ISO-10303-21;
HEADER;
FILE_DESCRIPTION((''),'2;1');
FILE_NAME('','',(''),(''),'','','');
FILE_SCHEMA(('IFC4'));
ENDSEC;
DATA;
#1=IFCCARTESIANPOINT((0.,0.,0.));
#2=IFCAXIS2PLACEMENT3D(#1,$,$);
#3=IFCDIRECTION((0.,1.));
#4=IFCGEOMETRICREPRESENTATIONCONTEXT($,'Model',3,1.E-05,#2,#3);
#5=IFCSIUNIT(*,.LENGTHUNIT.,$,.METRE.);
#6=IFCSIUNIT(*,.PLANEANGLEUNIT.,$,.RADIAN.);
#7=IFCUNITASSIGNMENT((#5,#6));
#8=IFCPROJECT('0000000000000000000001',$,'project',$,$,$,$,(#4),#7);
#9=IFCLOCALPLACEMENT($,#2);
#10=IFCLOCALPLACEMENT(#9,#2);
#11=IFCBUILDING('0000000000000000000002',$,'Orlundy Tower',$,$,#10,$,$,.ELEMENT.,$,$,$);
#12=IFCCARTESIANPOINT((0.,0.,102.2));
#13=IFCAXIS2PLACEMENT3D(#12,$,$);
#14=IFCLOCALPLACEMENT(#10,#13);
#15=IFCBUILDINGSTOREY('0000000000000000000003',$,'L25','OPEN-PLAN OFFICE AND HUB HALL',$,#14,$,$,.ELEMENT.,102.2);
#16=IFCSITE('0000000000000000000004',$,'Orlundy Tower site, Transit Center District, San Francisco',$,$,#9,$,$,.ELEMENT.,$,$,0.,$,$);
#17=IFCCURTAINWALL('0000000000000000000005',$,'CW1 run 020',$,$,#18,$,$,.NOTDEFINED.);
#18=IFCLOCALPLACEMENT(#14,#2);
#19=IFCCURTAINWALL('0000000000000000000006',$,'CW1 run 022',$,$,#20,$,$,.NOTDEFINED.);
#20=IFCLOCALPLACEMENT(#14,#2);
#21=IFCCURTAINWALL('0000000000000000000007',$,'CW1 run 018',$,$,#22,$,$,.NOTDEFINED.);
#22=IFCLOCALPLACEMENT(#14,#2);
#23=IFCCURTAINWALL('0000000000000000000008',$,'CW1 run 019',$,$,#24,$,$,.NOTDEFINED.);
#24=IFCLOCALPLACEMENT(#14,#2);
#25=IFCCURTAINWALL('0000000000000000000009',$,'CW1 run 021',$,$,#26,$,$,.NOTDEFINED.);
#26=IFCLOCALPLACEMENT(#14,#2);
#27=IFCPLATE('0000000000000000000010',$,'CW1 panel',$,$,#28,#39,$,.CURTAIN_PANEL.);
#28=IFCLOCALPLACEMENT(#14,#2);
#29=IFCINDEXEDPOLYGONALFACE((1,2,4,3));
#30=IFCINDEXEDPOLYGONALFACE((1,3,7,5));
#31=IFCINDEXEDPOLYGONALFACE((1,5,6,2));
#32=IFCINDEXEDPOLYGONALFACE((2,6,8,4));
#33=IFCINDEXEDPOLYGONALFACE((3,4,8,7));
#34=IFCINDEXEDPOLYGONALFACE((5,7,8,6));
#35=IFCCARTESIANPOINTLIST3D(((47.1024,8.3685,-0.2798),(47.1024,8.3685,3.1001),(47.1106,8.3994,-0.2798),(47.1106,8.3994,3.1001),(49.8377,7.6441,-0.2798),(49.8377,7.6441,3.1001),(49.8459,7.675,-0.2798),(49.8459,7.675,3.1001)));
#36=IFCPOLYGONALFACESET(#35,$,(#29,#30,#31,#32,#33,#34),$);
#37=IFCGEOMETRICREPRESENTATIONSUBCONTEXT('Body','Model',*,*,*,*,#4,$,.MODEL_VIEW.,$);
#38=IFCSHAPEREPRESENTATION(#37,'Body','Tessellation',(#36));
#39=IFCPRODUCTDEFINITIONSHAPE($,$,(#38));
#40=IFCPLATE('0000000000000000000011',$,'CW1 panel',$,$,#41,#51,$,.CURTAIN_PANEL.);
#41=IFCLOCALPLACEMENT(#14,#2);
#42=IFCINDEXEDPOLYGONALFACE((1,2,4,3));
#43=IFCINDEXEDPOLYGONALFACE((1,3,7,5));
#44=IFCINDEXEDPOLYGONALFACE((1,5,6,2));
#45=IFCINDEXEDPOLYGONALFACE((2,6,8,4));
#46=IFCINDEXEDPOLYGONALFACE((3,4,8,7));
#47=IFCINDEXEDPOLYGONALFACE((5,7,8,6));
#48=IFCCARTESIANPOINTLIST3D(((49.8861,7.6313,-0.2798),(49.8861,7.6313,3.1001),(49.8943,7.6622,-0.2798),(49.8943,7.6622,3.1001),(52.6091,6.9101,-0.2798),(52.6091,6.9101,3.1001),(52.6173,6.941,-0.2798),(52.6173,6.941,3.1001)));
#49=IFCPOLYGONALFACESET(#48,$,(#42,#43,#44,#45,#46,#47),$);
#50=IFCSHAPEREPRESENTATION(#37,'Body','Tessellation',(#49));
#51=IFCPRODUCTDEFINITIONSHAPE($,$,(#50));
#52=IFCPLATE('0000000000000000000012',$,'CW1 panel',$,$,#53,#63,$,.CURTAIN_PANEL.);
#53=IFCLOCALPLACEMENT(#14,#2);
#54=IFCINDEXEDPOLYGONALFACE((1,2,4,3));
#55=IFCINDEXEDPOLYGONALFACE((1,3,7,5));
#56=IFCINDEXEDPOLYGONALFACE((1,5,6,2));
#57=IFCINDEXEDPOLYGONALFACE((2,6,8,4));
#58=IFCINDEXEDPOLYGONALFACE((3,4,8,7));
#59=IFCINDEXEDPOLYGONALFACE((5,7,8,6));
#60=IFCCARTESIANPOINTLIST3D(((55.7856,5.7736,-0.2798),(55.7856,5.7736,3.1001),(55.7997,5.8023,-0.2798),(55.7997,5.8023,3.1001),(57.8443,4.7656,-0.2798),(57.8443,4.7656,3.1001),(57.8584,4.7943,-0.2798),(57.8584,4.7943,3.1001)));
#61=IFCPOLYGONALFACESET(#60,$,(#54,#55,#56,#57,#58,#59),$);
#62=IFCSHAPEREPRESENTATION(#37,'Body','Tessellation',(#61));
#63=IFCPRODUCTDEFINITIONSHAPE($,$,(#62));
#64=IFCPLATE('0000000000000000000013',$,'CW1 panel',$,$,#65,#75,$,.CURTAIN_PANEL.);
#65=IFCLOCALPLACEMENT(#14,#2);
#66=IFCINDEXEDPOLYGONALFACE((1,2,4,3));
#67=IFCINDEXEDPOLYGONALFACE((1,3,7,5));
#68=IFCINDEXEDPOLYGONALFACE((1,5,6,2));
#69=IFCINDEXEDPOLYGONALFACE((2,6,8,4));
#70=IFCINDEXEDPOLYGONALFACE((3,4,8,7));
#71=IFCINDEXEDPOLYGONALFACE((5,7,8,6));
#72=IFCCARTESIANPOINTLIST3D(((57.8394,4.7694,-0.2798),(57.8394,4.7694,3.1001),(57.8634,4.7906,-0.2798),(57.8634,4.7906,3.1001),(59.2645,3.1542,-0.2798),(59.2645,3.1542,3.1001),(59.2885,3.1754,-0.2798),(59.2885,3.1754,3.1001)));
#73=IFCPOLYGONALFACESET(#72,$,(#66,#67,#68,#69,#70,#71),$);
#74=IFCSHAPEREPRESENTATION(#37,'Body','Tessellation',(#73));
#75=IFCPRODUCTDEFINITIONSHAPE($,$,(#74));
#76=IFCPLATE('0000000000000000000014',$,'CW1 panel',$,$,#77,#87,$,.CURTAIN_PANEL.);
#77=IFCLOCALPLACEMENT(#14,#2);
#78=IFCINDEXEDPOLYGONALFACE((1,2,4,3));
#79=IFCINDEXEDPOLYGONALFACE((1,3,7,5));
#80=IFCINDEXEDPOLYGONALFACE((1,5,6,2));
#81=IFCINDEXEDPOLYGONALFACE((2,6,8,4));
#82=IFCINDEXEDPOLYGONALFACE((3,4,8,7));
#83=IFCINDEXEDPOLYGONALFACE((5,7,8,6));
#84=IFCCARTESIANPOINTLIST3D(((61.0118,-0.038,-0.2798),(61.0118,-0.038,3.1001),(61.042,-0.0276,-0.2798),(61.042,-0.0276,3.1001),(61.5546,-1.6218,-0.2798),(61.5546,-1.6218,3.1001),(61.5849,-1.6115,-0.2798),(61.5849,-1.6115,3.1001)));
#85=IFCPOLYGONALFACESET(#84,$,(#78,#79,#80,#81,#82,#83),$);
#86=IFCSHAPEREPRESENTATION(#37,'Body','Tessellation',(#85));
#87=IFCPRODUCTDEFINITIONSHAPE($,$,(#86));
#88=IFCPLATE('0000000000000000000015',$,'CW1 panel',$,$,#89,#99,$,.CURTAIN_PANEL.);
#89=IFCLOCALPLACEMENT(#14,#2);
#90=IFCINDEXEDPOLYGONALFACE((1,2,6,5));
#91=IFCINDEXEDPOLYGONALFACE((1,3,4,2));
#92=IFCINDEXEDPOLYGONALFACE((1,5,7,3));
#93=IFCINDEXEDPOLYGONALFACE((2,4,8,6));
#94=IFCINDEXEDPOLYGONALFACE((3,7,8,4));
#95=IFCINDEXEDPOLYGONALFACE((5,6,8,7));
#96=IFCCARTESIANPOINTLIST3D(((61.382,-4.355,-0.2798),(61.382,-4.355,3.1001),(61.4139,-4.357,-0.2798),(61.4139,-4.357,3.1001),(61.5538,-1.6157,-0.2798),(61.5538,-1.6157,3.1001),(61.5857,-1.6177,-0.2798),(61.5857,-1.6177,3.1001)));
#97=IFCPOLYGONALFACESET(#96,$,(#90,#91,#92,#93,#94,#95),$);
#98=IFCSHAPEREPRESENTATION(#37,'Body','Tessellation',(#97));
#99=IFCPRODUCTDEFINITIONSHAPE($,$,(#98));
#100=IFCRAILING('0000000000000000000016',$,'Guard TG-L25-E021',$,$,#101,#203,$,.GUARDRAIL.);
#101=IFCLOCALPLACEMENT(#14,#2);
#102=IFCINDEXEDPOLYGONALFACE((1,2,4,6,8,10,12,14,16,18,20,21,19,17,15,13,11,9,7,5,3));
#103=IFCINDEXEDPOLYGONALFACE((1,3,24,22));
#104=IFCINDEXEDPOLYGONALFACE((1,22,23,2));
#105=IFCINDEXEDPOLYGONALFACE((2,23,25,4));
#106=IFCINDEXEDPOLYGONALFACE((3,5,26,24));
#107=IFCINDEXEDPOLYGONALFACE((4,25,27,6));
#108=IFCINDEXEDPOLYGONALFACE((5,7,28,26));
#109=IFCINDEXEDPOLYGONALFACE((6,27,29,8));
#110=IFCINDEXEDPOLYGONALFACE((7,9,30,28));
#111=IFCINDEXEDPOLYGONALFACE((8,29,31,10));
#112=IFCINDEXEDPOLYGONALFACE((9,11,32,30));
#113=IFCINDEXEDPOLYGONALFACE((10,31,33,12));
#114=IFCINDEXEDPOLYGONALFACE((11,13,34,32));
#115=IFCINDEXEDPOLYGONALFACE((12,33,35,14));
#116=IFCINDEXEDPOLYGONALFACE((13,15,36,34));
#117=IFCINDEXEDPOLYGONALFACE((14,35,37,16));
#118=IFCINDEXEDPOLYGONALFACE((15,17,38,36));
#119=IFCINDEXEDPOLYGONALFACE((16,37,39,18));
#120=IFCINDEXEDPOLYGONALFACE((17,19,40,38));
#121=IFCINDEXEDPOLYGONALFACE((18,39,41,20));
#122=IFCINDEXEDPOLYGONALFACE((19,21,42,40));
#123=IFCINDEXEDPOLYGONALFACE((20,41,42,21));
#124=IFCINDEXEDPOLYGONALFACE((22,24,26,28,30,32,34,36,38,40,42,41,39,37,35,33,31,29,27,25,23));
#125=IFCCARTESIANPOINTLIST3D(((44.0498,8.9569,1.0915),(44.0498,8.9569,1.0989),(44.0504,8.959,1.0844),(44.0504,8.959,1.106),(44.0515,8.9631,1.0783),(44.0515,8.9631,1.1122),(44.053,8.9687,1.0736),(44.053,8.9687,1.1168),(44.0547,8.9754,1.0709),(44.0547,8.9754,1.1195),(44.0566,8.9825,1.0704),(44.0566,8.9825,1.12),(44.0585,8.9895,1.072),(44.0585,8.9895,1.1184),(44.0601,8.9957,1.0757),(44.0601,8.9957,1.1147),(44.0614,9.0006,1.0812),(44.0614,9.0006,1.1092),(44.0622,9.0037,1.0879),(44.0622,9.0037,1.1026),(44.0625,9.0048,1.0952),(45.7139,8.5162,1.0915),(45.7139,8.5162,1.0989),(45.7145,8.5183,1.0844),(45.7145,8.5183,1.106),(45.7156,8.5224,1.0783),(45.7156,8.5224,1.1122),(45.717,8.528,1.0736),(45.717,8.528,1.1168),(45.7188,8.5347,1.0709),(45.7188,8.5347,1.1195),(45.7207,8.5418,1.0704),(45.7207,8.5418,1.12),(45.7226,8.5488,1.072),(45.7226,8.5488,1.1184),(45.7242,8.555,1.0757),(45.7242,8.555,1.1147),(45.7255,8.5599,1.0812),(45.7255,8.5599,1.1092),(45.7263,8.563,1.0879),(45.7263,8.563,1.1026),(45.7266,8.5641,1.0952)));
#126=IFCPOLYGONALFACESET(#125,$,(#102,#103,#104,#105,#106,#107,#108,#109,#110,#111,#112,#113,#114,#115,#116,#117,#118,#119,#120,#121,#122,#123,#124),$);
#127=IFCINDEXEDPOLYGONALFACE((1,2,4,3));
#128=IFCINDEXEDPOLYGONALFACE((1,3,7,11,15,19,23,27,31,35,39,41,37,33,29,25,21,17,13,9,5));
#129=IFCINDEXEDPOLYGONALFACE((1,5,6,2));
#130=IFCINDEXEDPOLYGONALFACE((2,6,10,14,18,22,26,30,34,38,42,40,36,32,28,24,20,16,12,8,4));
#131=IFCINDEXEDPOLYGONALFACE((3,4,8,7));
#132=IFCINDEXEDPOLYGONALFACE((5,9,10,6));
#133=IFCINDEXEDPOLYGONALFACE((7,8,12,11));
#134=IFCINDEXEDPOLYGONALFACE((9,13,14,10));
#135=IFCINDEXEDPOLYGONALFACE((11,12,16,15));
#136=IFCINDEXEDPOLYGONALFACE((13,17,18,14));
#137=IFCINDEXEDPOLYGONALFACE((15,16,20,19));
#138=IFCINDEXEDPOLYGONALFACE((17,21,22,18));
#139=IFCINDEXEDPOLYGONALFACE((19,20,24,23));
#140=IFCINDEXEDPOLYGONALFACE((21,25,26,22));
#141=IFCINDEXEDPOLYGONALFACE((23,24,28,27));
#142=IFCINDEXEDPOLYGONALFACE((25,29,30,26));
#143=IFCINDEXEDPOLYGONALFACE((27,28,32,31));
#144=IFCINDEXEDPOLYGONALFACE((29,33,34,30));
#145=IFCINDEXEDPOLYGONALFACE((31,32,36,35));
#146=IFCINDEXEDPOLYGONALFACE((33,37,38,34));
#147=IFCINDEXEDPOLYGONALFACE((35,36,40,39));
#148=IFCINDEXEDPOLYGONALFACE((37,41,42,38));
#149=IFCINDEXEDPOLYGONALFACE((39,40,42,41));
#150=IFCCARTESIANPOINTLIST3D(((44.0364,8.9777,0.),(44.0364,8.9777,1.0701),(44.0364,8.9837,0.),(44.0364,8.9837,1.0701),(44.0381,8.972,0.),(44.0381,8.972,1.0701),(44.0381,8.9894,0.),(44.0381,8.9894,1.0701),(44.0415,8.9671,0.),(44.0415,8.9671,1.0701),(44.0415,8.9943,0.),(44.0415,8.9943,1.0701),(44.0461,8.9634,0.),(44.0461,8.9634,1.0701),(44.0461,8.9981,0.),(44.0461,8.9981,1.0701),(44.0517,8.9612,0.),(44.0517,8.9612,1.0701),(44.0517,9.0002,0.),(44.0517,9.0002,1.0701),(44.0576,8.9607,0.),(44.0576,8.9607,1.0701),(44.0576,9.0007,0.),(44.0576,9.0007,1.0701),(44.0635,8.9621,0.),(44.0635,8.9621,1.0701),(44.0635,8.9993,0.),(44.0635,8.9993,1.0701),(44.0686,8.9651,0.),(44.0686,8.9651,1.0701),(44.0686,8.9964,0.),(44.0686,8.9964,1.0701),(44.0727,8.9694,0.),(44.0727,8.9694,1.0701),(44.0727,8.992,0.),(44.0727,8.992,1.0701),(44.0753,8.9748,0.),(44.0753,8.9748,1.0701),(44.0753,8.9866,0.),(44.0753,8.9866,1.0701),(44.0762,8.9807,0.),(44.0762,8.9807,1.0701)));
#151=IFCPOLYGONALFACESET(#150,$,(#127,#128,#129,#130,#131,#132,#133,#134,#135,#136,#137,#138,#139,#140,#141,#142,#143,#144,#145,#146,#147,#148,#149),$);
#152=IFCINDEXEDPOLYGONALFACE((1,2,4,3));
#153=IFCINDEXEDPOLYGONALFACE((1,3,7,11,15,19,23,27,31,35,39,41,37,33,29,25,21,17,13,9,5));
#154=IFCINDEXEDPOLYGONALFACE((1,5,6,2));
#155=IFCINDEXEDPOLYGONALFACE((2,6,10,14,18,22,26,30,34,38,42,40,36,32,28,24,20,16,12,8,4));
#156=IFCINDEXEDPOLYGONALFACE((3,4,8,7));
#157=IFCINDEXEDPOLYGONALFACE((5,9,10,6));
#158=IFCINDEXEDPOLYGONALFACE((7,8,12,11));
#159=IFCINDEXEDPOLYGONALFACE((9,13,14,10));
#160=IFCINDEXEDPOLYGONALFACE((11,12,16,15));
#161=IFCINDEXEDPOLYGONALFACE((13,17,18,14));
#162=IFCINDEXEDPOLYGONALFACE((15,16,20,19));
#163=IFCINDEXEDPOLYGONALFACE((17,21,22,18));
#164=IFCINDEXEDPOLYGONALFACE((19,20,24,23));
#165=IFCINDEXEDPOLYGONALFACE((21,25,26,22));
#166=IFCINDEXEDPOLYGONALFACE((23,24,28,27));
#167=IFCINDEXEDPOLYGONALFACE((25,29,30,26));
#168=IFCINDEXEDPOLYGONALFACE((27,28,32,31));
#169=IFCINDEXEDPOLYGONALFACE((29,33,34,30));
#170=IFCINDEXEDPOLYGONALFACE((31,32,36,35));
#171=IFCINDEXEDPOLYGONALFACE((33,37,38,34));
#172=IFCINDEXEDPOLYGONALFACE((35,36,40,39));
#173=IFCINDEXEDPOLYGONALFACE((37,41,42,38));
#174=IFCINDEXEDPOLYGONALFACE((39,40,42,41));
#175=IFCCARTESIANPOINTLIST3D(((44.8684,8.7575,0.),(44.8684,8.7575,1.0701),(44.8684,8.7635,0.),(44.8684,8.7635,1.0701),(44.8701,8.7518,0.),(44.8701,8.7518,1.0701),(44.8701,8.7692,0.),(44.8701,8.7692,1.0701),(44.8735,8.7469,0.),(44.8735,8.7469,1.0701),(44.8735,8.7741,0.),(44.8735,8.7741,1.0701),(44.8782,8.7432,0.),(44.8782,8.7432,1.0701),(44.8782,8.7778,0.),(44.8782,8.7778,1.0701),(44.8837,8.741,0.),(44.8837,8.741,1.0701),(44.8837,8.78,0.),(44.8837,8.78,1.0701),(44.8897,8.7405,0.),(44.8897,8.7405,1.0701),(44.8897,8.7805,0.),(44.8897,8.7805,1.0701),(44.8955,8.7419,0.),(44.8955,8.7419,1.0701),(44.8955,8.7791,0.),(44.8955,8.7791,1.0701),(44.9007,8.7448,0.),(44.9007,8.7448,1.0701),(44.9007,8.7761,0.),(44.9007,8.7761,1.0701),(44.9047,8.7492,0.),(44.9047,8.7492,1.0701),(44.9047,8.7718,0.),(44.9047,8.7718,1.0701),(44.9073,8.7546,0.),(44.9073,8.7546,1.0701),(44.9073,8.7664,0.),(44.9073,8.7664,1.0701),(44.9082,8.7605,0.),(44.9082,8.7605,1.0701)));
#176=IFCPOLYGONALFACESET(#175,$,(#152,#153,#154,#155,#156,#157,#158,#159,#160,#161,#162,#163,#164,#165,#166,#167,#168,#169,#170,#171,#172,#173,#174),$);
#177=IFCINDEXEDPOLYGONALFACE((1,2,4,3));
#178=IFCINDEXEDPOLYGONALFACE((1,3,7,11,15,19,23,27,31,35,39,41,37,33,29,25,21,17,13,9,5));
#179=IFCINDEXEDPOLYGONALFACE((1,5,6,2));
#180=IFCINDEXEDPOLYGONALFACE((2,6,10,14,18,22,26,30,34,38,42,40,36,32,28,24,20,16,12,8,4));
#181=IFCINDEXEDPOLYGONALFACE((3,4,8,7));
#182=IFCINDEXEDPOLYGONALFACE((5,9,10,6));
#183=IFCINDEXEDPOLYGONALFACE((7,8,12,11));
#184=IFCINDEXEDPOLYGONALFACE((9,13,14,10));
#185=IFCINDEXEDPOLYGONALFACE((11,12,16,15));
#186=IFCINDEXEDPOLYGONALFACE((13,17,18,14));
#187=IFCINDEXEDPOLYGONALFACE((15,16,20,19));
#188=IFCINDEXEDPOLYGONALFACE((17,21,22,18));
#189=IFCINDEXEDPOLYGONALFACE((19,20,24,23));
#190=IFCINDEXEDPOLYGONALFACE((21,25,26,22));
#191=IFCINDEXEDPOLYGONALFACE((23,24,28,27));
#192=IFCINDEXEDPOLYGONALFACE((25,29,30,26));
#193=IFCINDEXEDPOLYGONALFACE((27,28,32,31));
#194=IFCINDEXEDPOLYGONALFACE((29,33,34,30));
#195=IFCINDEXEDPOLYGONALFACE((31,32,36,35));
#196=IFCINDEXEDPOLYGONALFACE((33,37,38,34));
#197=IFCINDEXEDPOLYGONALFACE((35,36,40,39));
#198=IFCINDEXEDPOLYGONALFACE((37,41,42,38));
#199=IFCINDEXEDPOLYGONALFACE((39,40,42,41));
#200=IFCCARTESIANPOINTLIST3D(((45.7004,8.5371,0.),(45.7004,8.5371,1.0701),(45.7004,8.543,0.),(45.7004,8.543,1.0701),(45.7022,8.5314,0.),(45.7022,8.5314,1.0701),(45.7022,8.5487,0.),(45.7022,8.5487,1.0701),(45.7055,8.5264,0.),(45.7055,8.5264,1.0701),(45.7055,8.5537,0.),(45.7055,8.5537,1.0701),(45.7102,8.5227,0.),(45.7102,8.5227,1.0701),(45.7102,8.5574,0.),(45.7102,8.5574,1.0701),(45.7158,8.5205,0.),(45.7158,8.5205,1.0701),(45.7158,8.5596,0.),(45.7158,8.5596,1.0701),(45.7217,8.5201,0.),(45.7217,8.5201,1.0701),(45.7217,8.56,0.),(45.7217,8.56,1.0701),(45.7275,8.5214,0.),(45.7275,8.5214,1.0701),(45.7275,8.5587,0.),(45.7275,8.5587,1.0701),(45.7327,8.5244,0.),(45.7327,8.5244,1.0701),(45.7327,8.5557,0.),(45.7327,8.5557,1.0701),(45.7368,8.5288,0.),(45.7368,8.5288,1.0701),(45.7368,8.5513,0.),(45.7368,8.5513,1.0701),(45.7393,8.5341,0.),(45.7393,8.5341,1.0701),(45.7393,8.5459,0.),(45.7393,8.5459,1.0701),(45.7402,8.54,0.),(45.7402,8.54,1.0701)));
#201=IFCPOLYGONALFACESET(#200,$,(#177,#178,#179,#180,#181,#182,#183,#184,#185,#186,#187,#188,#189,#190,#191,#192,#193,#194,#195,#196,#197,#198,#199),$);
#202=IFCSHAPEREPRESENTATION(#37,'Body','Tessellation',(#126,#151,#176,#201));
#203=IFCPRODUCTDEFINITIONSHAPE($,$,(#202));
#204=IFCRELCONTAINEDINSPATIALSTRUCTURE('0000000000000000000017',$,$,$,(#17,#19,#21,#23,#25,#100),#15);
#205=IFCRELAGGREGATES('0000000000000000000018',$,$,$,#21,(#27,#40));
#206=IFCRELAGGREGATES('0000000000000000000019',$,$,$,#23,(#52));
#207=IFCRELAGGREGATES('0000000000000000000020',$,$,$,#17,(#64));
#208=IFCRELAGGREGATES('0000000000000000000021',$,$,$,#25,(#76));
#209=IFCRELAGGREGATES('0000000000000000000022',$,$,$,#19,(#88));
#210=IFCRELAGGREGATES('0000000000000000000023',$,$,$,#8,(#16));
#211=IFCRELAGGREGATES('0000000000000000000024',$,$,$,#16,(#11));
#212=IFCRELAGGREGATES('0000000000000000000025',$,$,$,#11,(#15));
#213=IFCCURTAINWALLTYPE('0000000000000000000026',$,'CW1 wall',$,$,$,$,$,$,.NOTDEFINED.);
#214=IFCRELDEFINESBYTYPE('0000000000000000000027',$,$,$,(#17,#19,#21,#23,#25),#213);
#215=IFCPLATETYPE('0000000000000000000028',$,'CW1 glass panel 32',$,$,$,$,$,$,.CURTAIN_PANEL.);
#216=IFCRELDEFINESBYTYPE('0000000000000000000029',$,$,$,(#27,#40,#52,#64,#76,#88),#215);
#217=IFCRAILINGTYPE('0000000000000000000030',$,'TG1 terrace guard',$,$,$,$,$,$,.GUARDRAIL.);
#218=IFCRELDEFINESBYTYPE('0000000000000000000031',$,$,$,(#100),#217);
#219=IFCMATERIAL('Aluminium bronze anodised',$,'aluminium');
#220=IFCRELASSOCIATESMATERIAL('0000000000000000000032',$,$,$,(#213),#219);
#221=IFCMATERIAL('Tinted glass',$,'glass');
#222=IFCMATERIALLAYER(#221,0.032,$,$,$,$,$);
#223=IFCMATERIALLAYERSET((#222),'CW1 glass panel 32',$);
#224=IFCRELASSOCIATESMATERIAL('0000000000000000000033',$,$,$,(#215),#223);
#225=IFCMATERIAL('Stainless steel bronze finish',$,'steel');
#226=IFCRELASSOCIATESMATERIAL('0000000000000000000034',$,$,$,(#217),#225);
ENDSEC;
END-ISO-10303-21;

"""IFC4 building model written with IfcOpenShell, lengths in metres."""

from ifc_helpers import new_model, si_unit, direction, frame, origin, origin_2d, place, context, subcontext, project, spatial, rectangle, circle, extrude, material, layer, layer_set, type_object, element, aggregate, save


model = new_model("IFC4")

# Units and contexts
model_context = context("Model", 3, precision=1e-05, world=origin(), true_north=direction((0.0, 1.0)))
body_context = subcontext(model_context, "Body", "Model", "MODEL_VIEW")
ifc_project = project(units=[si_unit("LENGTHUNIT", "METRE"), si_unit("PLANEANGLEUNIT", "RADIAN")], contexts=[model_context])

# Site, building, storey
site_placement = place(None, origin())
site = spatial("IfcSite", under=ifc_project, at=site_placement, Name="Orlundy Tower site, Transit Center District, San Francisco", CompositionType="ELEMENT", RefElevation=0.0)
building_placement = place(site_placement, origin())
building = spatial("IfcBuilding", under=site, at=building_placement, Name="Orlundy Tower", CompositionType="ELEMENT")
storey_placement = place(building_placement, frame((0.0, 0.0, 102.2)))
storey = spatial("IfcBuildingStorey", under=building, at=storey_placement, Name="L25", Description="OPEN-PLAN OFFICE AND HUB HALL", CompositionType="ELEMENT", Elevation=102.2)

# Curtain walls
ifc_material_1 = material(Name="Aluminium bronze anodised", Category="aluminium")
curtain_wall_type = type_object("IfcCurtainWallType", Name="CW1 wall", PredefinedType="NOTDEFINED", material=ifc_material_1)
curtain_wall_1_placement = place(storey_placement, origin())
curtain_wall_1 = element("IfcCurtainWall", 1, at=curtain_wall_1_placement, inside=storey, type_object=curtain_wall_type, Name="CW1 run 020", PredefinedType="NOTDEFINED")
curtain_wall_2_placement = place(storey_placement, origin())
curtain_wall_2 = element("IfcCurtainWall", 2, at=curtain_wall_2_placement, inside=storey, type_object=curtain_wall_type, Name="CW1 run 022", PredefinedType="NOTDEFINED")

# Curtain wall
curtain_wall_3_placement = place(storey_placement, origin())
curtain_wall_3 = element("IfcCurtainWall", 3, at=curtain_wall_3_placement, inside=storey, type_object=curtain_wall_type, Name="CW1 run 018", PredefinedType="NOTDEFINED")

# Curtain wall
curtain_wall_4_placement = place(storey_placement, origin())
curtain_wall_4 = element("IfcCurtainWall", 4, at=curtain_wall_4_placement, inside=storey, type_object=curtain_wall_type, Name="CW1 run 019", PredefinedType="NOTDEFINED")

# Curtain wall
curtain_wall_5_placement = place(storey_placement, origin())
curtain_wall_5 = element("IfcCurtainWall", 5, at=curtain_wall_5_placement, inside=storey, type_object=curtain_wall_type, Name="CW1 run 021", PredefinedType="NOTDEFINED")

# Plates
ifc_material_2 = material(Name="Tinted glass", Category="glass")
ifc_layer = layer(ifc_material_2, 0.032)
ifc_layer_set = layer_set([ifc_layer], Name="CW1 glass panel 32")
plate_type = type_object("IfcPlateType", Name="CW1 glass panel 32", PredefinedType="CURTAIN_PANEL", material=ifc_layer_set)
plate_1_placement = place(storey_placement, frame((48.4741, 8.0217, -0.2798), z_axis=(0.0, 0.0, 1.0), x_axis=(0.966672, -0.25602, 0.0)))
plate_1 = element("IfcPlate", 6, at=plate_1_placement, type_object=plate_type, Name="CW1 panel", PredefinedType="CURTAIN_PANEL", context=body_context, shape_type="SweptSolid", body=[
    extrude(rectangle(XDim=2.8296, YDim=0.032, at=origin_2d()), origin(), (0.0, 0.0, 1.0), 3.3799),
])
plate_2_placement = place(storey_placement, frame((51.2517, 7.2861, -0.2798), z_axis=(0.0, 0.0, 1.0), x_axis=(0.966672, -0.25602, 0.0)))
plate_2 = element("IfcPlate", 7, at=plate_2_placement, type_object=plate_type, Name="CW1 panel", PredefinedType="CURTAIN_PANEL", context=body_context, shape_type="SweptSolid", body=[
    extrude(rectangle(XDim=2.8169, YDim=0.032, at=origin_2d()), origin(), (0.0, 0.0, 1.0), 3.3799),
])
aggregate(curtain_wall_3, [plate_1, plate_2])
plate_3_placement = place(storey_placement, frame((56.822, 5.2839, -0.2798), z_axis=(0.0, 0.0, 1.0), x_axis=(0.898119, -0.439752, 0.0)))
plate_3 = element("IfcPlate", 8, at=plate_3_placement, type_object=plate_type, Name="CW1 panel", PredefinedType="CURTAIN_PANEL", context=body_context, shape_type="SweptSolid", body=[
    extrude(rectangle(XDim=2.2922, YDim=0.032, at=origin_2d()), origin(), (0.0, 0.0, 1.0), 3.3799),
])
aggregate(curtain_wall_4, [plate_3])
plate_4_placement = place(storey_placement, frame((58.564, 3.9724, -0.2798), z_axis=(0.0, 0.0, 1.0), x_axis=(0.661613, -0.749846, 0.0)))
plate_4 = element("IfcPlate", 9, at=plate_4_placement, type_object=plate_type, Name="CW1 panel", PredefinedType="CURTAIN_PANEL", context=body_context, shape_type="SweptSolid", body=[
    extrude(rectangle(XDim=2.1541, YDim=0.032, at=origin_2d()), origin(), (0.0, 0.0, 1.0), 3.3799),
])
aggregate(curtain_wall_1, [plate_4])
plate_5_placement = place(storey_placement, frame((61.2983, -0.8247, -0.2798), z_axis=(0.0, 0.0, 1.0), x_axis=(0.324228, -0.945979, 0.0)))
plate_5 = element("IfcPlate", 10, at=plate_5_placement, type_object=plate_type, Name="CW1 panel", PredefinedType="CURTAIN_PANEL", context=body_context, shape_type="SweptSolid", body=[
    extrude(rectangle(XDim=1.6743, YDim=0.032, at=origin_2d()), origin(), (0.0, 0.0, 1.0), 3.3799),
])
aggregate(curtain_wall_5, [plate_5])
plate_6_placement = place(storey_placement, frame((61.4839, -2.9863, -0.2798), z_axis=(0.0, 0.0, 1.0), x_axis=(-0.062597, -0.998039, 0.0)))
plate_6 = element("IfcPlate", 11, at=plate_6_placement, type_object=plate_type, Name="CW1 panel", PredefinedType="CURTAIN_PANEL", context=body_context, shape_type="SweptSolid", body=[
    extrude(rectangle(XDim=2.7446, YDim=0.032, at=origin_2d()), origin(), (0.0, 0.0, 1.0), 3.3799),
])
aggregate(curtain_wall_2, [plate_6])

# Railing
ifc_material_3 = material(Name="Stainless steel bronze finish", Category="steel")
railing_type = type_object("IfcRailingType", Name="TG1 terrace guard", PredefinedType="GUARDRAIL", material=ifc_material_3)
railing_1_placement = place(storey_placement, frame((44.0562, 8.9807, 0.0)))
element("IfcRailing", 12, at=railing_1_placement, inside=storey, type_object=railing_type, Name="Guard TG-L25-E021", PredefinedType="GUARDRAIL", context=body_context, shape_type="SweptSolid", body=[
    extrude(circle(Radius=0.0249, at=origin_2d()), frame((0.0, 0.0, 1.0952), z_axis=(0.966678, -0.255994, 0.0), x_axis=(0.255994, 0.966678, 0.0)), (0.0, 0.0, 1.0), 1.7214),
    extrude(circle(Radius=0.02, at=origin_2d()), origin(), (0.0, 0.0, 1.0), 1.0701),
    extrude(circle(Radius=0.02, at=origin_2d()), frame((0.832, -0.2202, 0.0)), (0.0, 0.0, 1.0), 1.0701),
    extrude(circle(Radius=0.02, at=origin_2d()), frame((1.6641, -0.4407, 0.0)), (0.0, 0.0, 1.0), 1.0701),
])

save(model, "model.ifc")
